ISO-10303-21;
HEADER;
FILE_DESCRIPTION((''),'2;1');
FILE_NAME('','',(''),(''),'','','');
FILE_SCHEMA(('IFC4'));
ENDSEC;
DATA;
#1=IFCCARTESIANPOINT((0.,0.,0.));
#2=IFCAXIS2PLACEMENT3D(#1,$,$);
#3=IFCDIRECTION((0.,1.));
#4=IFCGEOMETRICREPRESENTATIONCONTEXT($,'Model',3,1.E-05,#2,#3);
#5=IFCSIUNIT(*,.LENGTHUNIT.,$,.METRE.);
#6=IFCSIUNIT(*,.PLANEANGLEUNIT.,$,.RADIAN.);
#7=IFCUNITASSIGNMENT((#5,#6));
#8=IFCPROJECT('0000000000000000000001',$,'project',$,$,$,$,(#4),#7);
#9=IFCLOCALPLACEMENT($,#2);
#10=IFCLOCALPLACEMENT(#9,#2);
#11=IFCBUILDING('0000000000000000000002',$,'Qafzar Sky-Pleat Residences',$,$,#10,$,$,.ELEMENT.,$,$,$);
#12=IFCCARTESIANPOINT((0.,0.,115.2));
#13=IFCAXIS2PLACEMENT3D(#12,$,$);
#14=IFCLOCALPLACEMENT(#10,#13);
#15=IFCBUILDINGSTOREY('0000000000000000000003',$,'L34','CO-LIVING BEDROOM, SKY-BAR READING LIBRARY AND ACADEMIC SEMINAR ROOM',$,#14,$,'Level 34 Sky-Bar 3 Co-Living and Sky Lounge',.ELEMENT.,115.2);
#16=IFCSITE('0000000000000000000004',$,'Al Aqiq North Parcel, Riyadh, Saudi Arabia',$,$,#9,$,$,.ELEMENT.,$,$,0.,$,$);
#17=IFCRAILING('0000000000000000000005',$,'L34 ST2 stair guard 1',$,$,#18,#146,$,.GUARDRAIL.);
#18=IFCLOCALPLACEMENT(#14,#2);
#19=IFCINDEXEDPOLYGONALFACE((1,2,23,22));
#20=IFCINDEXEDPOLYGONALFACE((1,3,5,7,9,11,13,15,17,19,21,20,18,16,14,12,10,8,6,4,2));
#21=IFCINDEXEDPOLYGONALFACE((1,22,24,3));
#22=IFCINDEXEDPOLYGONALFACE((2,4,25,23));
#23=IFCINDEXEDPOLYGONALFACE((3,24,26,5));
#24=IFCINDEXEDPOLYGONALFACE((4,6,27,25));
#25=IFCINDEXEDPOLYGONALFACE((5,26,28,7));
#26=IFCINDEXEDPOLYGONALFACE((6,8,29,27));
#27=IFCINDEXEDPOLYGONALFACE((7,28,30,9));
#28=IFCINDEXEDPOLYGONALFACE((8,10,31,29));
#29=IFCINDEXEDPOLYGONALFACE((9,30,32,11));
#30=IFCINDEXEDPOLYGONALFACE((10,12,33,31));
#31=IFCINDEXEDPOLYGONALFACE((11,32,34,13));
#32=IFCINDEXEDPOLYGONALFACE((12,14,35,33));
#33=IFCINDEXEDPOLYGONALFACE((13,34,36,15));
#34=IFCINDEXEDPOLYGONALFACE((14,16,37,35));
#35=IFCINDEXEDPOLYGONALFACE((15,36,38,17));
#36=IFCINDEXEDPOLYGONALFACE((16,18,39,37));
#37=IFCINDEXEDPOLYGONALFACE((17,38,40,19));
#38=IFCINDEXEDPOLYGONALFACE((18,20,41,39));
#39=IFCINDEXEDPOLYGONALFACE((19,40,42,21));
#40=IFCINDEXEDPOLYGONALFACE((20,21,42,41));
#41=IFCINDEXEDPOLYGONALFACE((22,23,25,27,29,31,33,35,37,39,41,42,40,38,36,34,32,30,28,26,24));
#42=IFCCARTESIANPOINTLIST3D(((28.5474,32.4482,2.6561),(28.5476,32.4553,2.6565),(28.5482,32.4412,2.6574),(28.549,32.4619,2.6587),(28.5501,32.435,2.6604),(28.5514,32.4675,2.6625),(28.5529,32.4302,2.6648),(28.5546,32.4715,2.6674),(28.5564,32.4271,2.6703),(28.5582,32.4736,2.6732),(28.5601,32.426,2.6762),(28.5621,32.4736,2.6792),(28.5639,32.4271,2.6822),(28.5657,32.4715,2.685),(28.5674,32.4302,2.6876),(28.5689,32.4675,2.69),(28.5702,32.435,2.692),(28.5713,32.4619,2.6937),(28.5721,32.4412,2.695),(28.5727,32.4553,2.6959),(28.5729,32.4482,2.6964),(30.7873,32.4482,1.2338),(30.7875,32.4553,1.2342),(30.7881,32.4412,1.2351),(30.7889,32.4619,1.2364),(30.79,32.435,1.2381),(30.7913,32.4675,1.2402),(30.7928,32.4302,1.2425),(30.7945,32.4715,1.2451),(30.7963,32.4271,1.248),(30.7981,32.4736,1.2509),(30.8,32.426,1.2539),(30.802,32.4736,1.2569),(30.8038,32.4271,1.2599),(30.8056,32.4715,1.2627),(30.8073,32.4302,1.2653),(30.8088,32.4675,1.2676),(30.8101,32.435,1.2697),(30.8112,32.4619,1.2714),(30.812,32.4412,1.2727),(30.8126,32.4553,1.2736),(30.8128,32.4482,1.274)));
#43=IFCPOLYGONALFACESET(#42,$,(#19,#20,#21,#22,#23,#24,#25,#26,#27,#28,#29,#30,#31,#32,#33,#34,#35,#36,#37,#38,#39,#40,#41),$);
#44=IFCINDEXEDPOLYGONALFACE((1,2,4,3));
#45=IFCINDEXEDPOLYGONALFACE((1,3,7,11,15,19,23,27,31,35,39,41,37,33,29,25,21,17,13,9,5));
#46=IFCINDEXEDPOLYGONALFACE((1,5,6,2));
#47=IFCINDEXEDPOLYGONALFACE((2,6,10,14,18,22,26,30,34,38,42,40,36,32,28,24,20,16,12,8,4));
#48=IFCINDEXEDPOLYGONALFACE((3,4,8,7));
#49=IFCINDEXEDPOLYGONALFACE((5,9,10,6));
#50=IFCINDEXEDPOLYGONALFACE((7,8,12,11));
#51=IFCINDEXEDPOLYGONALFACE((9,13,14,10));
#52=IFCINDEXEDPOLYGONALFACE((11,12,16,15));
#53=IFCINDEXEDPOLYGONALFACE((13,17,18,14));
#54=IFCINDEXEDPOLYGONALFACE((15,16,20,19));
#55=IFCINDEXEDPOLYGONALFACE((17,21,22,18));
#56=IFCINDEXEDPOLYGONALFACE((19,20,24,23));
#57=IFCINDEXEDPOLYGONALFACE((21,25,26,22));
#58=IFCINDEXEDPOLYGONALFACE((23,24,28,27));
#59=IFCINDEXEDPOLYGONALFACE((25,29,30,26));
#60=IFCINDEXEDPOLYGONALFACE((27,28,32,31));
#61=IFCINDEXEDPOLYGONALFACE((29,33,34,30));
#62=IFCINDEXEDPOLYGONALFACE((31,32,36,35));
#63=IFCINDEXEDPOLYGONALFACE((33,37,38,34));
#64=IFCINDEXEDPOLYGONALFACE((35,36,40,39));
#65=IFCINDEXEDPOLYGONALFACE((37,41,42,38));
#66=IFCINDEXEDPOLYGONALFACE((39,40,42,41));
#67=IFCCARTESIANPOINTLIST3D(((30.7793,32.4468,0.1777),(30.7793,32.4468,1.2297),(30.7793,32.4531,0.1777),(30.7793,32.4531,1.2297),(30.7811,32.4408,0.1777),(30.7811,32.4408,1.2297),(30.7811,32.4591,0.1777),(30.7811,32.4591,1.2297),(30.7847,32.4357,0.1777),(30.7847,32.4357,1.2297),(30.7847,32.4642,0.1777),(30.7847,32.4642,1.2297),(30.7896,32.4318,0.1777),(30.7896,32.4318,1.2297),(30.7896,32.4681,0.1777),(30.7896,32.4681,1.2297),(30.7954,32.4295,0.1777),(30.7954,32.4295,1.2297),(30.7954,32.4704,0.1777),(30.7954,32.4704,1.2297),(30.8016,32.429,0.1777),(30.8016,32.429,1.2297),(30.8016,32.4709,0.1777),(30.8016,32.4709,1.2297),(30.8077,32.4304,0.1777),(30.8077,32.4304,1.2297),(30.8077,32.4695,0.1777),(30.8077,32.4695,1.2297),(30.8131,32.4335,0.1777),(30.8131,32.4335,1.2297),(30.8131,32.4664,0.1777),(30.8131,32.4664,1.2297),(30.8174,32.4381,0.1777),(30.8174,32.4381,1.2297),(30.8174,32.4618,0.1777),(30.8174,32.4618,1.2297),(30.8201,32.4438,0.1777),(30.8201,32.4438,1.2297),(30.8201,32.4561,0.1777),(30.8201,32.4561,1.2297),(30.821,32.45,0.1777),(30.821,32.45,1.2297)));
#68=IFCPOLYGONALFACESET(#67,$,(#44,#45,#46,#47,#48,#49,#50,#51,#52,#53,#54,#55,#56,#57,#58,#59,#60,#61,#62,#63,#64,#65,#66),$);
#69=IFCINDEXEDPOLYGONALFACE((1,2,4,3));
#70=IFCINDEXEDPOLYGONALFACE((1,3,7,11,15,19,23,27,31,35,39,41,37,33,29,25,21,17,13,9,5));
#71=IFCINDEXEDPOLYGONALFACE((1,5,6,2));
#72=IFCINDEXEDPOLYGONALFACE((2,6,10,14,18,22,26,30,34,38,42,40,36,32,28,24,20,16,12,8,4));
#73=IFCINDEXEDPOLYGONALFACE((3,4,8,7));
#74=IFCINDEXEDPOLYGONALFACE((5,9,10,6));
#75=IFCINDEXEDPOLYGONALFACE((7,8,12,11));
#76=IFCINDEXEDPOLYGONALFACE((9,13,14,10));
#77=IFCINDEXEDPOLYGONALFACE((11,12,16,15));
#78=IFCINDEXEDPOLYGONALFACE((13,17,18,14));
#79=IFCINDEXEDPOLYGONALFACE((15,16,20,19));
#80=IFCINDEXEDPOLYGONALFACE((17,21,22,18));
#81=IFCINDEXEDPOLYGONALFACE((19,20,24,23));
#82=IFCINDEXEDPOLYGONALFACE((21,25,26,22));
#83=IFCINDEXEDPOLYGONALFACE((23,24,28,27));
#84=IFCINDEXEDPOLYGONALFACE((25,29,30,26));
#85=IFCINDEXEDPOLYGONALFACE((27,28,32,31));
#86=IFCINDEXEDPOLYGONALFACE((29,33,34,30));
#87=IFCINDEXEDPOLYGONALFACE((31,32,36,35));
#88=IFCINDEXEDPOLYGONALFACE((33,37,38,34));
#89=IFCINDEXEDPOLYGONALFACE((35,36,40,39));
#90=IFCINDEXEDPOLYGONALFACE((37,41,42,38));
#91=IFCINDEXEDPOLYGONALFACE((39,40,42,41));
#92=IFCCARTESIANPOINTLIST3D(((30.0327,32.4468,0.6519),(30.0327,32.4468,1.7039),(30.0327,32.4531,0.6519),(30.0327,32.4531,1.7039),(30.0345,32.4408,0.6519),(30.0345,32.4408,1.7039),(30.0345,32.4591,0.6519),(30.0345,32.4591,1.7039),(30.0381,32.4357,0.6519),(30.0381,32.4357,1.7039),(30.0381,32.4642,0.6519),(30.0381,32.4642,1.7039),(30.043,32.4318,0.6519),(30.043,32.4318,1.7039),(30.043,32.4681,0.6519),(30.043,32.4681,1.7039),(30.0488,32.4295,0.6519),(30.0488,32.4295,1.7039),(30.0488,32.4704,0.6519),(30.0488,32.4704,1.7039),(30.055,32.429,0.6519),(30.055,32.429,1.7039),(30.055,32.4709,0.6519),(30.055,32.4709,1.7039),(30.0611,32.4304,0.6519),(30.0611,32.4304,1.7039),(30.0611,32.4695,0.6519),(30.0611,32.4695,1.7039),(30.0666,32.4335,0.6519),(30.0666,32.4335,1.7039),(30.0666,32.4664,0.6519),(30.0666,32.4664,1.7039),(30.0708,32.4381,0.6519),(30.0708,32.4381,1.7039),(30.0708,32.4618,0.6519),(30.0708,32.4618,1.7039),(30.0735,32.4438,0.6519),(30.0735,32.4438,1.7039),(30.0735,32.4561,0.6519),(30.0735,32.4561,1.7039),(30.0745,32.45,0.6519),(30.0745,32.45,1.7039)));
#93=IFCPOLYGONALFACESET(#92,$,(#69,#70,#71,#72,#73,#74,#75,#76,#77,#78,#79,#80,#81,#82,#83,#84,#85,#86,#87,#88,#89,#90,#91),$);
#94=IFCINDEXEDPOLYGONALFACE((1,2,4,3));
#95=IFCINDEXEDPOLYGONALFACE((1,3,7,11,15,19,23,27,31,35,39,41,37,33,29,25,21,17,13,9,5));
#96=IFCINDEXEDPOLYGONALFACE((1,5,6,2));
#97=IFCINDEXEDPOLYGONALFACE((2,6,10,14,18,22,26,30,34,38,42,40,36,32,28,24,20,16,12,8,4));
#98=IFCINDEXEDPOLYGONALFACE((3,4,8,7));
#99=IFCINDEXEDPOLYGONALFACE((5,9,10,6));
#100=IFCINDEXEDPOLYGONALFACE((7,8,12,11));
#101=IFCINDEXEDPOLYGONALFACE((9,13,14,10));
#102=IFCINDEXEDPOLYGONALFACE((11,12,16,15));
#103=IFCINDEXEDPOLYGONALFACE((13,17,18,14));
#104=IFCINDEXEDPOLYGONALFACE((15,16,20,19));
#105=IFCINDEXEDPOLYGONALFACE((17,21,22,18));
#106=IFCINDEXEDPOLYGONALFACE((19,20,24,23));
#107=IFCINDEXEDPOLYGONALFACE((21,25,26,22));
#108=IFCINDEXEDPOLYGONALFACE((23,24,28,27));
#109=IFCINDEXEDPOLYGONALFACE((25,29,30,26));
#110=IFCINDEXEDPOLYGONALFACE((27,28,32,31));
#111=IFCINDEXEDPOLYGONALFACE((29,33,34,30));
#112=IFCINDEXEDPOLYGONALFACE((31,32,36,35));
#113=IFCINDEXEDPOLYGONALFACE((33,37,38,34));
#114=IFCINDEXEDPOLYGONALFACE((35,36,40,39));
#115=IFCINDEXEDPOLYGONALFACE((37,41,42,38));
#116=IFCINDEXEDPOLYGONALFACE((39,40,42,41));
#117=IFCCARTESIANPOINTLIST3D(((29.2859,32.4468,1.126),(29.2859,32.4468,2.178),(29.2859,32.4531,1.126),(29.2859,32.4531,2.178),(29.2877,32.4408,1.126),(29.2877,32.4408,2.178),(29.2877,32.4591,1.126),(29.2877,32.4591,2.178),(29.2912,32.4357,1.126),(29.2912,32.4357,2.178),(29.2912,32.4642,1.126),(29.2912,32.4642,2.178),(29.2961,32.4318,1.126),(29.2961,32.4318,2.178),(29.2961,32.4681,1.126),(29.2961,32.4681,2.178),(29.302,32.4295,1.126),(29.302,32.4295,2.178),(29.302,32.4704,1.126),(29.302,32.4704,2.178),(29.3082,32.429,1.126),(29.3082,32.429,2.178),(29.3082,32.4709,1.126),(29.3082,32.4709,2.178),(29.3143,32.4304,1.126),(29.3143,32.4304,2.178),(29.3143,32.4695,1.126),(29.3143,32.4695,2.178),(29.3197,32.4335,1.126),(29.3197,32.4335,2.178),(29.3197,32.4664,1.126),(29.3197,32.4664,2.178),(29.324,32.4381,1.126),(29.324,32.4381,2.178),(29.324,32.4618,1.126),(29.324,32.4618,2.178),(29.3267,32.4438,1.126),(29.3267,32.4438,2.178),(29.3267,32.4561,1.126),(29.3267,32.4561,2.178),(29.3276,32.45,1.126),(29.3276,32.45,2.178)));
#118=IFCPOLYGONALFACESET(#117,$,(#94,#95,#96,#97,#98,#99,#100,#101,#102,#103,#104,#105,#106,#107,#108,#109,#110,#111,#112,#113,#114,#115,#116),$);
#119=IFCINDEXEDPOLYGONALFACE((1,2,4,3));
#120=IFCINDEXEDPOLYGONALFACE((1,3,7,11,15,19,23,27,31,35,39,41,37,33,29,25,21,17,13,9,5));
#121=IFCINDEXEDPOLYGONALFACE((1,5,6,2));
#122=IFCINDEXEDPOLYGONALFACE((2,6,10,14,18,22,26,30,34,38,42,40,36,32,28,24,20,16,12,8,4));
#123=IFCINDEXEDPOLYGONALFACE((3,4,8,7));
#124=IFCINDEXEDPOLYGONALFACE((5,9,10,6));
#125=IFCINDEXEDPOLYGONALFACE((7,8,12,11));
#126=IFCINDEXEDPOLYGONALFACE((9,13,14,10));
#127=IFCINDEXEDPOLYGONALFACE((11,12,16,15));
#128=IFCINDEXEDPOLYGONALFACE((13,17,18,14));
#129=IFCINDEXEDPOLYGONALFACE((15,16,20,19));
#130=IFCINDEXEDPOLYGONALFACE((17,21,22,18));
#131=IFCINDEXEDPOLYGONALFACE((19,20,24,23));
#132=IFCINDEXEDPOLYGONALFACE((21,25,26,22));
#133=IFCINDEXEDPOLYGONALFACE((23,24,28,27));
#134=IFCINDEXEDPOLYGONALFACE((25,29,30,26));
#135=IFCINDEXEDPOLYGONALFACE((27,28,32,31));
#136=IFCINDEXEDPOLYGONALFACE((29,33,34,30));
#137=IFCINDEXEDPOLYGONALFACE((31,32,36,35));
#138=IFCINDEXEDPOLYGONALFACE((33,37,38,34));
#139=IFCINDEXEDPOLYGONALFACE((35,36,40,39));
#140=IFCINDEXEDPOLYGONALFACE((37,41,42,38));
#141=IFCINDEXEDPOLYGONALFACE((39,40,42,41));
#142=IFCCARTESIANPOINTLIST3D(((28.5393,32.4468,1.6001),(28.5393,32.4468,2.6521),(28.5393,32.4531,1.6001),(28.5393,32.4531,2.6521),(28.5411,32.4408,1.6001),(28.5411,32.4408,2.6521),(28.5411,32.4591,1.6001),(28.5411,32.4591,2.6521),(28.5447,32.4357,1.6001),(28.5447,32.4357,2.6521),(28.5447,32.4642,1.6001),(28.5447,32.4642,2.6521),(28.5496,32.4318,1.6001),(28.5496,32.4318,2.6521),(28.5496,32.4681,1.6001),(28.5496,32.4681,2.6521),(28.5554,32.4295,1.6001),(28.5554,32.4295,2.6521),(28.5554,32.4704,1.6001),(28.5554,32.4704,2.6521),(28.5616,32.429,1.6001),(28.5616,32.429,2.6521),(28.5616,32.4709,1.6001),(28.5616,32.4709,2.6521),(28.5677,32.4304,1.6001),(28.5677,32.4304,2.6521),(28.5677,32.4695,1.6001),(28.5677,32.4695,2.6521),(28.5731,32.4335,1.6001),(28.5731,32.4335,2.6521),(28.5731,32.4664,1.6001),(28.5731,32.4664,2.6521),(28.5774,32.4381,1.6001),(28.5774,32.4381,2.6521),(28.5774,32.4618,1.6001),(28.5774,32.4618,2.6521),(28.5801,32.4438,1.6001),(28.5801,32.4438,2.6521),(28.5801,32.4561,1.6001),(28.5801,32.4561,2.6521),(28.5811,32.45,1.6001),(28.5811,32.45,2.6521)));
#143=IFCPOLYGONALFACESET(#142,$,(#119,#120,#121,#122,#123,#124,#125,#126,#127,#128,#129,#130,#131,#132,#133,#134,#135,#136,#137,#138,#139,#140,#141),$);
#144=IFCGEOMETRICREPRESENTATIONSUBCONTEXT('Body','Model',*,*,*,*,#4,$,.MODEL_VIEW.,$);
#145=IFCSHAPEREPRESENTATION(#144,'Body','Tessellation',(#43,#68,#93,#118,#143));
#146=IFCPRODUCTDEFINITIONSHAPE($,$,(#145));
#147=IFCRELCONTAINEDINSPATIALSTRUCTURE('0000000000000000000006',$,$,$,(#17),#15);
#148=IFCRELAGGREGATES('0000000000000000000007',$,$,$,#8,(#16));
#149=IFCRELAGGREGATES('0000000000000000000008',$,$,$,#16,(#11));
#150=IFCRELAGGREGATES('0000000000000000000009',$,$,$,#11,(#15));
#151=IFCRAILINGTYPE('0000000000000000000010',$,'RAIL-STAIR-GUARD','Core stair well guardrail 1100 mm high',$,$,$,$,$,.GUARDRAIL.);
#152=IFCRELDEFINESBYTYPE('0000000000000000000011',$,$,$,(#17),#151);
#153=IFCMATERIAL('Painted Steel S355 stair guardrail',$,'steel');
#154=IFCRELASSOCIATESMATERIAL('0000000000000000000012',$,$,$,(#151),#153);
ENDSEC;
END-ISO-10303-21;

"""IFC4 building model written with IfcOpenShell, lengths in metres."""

from ifc_helpers import new_model, si_unit, direction, frame, origin, origin_2d, place, context, subcontext, project, spatial, circle, extrude, source, transform, mapped, material, type_object, element, save


model = new_model("IFC4")

# Units and contexts
model_context = context("Model", 3, precision=1e-05, world=origin(), true_north=direction((0.0, 1.0)))
body_context = subcontext(model_context, "Body", "Model", "MODEL_VIEW")
ifc_project = project(units=[si_unit("LENGTHUNIT", "METRE"), si_unit("PLANEANGLEUNIT", "RADIAN")], contexts=[model_context])

# Site, building, storey
site_placement = place(None, origin())
site = spatial("IfcSite", under=ifc_project, at=site_placement, Name="Al Aqiq North Parcel, Riyadh, Saudi Arabia", CompositionType="ELEMENT", RefElevation=0.0)
building_placement = place(site_placement, origin())
building = spatial("IfcBuilding", under=site, at=building_placement, Name="Qafzar Sky-Pleat Residences", CompositionType="ELEMENT")
storey_placement = place(building_placement, frame((0.0, 0.0, 115.2)))
storey = spatial("IfcBuildingStorey", under=building, at=storey_placement, Name="L34", Description="CO-LIVING BEDROOM, SKY-BAR READING LIBRARY AND ACADEMIC SEMINAR ROOM", LongName="Level 34 Sky-Bar 3 Co-Living and Sky Lounge", CompositionType="ELEMENT", Elevation=115.2)

# Railing
ifc_material_1 = material(Name="Painted Steel S355 stair guardrail", Category="steel")
railing_type_1 = type_object("IfcRailingType", Name="RAIL-STAIR-GUARD", Description="Core stair well guardrail 1100 mm high", PredefinedType="GUARDRAIL", material=ifc_material_1)
shared_shape_1 = source(origin(), body_context, "Body", "SweptSolid", [
    extrude(circle(Radius=0.0239, at=origin_2d()), frame((0.0, 0.0, 1.0762), z_axis=(-0.844188, 0.0, 0.536048), x_axis=(0.0, -1.0, 0.0)), (0.0, 0.0, 1.0), 2.6533),
    extrude(circle(Radius=0.021, at=origin_2d()), origin(), (0.0, 0.0, 1.0), 1.052),
    extrude(circle(Radius=0.021, at=origin_2d()), frame((-0.7466, 0.0, 0.4741)), (0.0, 0.0, 1.0), 1.052),
    extrude(circle(Radius=0.021, at=origin_2d()), frame((-1.4934, 0.0, 0.9482)), (0.0, 0.0, 1.0), 1.052),
    extrude(circle(Radius=0.021, at=origin_2d()), frame((-2.24, 0.0, 1.4224)), (0.0, 0.0, 1.0), 1.052),
])
railing_1_placement = place(storey_placement, frame((30.8, 32.45, 0.1777)))
element("IfcRailing", 1, at=railing_1_placement, inside=storey, type_object=railing_type_1, Name="L34 ST2 stair guard 1", PredefinedType="GUARDRAIL", context=body_context, shape_type="MappedRepresentation", body=[
    mapped(shared_shape_1, transform((0.0, 0.0, 0.0), x_axis=(1.0, 0.0, 0.0), y_axis=(0.0, 1.0, 0.0), z_axis=(0.0, 0.0, 1.0), scale=1.0)),
])

save(model, "model.ifc")
